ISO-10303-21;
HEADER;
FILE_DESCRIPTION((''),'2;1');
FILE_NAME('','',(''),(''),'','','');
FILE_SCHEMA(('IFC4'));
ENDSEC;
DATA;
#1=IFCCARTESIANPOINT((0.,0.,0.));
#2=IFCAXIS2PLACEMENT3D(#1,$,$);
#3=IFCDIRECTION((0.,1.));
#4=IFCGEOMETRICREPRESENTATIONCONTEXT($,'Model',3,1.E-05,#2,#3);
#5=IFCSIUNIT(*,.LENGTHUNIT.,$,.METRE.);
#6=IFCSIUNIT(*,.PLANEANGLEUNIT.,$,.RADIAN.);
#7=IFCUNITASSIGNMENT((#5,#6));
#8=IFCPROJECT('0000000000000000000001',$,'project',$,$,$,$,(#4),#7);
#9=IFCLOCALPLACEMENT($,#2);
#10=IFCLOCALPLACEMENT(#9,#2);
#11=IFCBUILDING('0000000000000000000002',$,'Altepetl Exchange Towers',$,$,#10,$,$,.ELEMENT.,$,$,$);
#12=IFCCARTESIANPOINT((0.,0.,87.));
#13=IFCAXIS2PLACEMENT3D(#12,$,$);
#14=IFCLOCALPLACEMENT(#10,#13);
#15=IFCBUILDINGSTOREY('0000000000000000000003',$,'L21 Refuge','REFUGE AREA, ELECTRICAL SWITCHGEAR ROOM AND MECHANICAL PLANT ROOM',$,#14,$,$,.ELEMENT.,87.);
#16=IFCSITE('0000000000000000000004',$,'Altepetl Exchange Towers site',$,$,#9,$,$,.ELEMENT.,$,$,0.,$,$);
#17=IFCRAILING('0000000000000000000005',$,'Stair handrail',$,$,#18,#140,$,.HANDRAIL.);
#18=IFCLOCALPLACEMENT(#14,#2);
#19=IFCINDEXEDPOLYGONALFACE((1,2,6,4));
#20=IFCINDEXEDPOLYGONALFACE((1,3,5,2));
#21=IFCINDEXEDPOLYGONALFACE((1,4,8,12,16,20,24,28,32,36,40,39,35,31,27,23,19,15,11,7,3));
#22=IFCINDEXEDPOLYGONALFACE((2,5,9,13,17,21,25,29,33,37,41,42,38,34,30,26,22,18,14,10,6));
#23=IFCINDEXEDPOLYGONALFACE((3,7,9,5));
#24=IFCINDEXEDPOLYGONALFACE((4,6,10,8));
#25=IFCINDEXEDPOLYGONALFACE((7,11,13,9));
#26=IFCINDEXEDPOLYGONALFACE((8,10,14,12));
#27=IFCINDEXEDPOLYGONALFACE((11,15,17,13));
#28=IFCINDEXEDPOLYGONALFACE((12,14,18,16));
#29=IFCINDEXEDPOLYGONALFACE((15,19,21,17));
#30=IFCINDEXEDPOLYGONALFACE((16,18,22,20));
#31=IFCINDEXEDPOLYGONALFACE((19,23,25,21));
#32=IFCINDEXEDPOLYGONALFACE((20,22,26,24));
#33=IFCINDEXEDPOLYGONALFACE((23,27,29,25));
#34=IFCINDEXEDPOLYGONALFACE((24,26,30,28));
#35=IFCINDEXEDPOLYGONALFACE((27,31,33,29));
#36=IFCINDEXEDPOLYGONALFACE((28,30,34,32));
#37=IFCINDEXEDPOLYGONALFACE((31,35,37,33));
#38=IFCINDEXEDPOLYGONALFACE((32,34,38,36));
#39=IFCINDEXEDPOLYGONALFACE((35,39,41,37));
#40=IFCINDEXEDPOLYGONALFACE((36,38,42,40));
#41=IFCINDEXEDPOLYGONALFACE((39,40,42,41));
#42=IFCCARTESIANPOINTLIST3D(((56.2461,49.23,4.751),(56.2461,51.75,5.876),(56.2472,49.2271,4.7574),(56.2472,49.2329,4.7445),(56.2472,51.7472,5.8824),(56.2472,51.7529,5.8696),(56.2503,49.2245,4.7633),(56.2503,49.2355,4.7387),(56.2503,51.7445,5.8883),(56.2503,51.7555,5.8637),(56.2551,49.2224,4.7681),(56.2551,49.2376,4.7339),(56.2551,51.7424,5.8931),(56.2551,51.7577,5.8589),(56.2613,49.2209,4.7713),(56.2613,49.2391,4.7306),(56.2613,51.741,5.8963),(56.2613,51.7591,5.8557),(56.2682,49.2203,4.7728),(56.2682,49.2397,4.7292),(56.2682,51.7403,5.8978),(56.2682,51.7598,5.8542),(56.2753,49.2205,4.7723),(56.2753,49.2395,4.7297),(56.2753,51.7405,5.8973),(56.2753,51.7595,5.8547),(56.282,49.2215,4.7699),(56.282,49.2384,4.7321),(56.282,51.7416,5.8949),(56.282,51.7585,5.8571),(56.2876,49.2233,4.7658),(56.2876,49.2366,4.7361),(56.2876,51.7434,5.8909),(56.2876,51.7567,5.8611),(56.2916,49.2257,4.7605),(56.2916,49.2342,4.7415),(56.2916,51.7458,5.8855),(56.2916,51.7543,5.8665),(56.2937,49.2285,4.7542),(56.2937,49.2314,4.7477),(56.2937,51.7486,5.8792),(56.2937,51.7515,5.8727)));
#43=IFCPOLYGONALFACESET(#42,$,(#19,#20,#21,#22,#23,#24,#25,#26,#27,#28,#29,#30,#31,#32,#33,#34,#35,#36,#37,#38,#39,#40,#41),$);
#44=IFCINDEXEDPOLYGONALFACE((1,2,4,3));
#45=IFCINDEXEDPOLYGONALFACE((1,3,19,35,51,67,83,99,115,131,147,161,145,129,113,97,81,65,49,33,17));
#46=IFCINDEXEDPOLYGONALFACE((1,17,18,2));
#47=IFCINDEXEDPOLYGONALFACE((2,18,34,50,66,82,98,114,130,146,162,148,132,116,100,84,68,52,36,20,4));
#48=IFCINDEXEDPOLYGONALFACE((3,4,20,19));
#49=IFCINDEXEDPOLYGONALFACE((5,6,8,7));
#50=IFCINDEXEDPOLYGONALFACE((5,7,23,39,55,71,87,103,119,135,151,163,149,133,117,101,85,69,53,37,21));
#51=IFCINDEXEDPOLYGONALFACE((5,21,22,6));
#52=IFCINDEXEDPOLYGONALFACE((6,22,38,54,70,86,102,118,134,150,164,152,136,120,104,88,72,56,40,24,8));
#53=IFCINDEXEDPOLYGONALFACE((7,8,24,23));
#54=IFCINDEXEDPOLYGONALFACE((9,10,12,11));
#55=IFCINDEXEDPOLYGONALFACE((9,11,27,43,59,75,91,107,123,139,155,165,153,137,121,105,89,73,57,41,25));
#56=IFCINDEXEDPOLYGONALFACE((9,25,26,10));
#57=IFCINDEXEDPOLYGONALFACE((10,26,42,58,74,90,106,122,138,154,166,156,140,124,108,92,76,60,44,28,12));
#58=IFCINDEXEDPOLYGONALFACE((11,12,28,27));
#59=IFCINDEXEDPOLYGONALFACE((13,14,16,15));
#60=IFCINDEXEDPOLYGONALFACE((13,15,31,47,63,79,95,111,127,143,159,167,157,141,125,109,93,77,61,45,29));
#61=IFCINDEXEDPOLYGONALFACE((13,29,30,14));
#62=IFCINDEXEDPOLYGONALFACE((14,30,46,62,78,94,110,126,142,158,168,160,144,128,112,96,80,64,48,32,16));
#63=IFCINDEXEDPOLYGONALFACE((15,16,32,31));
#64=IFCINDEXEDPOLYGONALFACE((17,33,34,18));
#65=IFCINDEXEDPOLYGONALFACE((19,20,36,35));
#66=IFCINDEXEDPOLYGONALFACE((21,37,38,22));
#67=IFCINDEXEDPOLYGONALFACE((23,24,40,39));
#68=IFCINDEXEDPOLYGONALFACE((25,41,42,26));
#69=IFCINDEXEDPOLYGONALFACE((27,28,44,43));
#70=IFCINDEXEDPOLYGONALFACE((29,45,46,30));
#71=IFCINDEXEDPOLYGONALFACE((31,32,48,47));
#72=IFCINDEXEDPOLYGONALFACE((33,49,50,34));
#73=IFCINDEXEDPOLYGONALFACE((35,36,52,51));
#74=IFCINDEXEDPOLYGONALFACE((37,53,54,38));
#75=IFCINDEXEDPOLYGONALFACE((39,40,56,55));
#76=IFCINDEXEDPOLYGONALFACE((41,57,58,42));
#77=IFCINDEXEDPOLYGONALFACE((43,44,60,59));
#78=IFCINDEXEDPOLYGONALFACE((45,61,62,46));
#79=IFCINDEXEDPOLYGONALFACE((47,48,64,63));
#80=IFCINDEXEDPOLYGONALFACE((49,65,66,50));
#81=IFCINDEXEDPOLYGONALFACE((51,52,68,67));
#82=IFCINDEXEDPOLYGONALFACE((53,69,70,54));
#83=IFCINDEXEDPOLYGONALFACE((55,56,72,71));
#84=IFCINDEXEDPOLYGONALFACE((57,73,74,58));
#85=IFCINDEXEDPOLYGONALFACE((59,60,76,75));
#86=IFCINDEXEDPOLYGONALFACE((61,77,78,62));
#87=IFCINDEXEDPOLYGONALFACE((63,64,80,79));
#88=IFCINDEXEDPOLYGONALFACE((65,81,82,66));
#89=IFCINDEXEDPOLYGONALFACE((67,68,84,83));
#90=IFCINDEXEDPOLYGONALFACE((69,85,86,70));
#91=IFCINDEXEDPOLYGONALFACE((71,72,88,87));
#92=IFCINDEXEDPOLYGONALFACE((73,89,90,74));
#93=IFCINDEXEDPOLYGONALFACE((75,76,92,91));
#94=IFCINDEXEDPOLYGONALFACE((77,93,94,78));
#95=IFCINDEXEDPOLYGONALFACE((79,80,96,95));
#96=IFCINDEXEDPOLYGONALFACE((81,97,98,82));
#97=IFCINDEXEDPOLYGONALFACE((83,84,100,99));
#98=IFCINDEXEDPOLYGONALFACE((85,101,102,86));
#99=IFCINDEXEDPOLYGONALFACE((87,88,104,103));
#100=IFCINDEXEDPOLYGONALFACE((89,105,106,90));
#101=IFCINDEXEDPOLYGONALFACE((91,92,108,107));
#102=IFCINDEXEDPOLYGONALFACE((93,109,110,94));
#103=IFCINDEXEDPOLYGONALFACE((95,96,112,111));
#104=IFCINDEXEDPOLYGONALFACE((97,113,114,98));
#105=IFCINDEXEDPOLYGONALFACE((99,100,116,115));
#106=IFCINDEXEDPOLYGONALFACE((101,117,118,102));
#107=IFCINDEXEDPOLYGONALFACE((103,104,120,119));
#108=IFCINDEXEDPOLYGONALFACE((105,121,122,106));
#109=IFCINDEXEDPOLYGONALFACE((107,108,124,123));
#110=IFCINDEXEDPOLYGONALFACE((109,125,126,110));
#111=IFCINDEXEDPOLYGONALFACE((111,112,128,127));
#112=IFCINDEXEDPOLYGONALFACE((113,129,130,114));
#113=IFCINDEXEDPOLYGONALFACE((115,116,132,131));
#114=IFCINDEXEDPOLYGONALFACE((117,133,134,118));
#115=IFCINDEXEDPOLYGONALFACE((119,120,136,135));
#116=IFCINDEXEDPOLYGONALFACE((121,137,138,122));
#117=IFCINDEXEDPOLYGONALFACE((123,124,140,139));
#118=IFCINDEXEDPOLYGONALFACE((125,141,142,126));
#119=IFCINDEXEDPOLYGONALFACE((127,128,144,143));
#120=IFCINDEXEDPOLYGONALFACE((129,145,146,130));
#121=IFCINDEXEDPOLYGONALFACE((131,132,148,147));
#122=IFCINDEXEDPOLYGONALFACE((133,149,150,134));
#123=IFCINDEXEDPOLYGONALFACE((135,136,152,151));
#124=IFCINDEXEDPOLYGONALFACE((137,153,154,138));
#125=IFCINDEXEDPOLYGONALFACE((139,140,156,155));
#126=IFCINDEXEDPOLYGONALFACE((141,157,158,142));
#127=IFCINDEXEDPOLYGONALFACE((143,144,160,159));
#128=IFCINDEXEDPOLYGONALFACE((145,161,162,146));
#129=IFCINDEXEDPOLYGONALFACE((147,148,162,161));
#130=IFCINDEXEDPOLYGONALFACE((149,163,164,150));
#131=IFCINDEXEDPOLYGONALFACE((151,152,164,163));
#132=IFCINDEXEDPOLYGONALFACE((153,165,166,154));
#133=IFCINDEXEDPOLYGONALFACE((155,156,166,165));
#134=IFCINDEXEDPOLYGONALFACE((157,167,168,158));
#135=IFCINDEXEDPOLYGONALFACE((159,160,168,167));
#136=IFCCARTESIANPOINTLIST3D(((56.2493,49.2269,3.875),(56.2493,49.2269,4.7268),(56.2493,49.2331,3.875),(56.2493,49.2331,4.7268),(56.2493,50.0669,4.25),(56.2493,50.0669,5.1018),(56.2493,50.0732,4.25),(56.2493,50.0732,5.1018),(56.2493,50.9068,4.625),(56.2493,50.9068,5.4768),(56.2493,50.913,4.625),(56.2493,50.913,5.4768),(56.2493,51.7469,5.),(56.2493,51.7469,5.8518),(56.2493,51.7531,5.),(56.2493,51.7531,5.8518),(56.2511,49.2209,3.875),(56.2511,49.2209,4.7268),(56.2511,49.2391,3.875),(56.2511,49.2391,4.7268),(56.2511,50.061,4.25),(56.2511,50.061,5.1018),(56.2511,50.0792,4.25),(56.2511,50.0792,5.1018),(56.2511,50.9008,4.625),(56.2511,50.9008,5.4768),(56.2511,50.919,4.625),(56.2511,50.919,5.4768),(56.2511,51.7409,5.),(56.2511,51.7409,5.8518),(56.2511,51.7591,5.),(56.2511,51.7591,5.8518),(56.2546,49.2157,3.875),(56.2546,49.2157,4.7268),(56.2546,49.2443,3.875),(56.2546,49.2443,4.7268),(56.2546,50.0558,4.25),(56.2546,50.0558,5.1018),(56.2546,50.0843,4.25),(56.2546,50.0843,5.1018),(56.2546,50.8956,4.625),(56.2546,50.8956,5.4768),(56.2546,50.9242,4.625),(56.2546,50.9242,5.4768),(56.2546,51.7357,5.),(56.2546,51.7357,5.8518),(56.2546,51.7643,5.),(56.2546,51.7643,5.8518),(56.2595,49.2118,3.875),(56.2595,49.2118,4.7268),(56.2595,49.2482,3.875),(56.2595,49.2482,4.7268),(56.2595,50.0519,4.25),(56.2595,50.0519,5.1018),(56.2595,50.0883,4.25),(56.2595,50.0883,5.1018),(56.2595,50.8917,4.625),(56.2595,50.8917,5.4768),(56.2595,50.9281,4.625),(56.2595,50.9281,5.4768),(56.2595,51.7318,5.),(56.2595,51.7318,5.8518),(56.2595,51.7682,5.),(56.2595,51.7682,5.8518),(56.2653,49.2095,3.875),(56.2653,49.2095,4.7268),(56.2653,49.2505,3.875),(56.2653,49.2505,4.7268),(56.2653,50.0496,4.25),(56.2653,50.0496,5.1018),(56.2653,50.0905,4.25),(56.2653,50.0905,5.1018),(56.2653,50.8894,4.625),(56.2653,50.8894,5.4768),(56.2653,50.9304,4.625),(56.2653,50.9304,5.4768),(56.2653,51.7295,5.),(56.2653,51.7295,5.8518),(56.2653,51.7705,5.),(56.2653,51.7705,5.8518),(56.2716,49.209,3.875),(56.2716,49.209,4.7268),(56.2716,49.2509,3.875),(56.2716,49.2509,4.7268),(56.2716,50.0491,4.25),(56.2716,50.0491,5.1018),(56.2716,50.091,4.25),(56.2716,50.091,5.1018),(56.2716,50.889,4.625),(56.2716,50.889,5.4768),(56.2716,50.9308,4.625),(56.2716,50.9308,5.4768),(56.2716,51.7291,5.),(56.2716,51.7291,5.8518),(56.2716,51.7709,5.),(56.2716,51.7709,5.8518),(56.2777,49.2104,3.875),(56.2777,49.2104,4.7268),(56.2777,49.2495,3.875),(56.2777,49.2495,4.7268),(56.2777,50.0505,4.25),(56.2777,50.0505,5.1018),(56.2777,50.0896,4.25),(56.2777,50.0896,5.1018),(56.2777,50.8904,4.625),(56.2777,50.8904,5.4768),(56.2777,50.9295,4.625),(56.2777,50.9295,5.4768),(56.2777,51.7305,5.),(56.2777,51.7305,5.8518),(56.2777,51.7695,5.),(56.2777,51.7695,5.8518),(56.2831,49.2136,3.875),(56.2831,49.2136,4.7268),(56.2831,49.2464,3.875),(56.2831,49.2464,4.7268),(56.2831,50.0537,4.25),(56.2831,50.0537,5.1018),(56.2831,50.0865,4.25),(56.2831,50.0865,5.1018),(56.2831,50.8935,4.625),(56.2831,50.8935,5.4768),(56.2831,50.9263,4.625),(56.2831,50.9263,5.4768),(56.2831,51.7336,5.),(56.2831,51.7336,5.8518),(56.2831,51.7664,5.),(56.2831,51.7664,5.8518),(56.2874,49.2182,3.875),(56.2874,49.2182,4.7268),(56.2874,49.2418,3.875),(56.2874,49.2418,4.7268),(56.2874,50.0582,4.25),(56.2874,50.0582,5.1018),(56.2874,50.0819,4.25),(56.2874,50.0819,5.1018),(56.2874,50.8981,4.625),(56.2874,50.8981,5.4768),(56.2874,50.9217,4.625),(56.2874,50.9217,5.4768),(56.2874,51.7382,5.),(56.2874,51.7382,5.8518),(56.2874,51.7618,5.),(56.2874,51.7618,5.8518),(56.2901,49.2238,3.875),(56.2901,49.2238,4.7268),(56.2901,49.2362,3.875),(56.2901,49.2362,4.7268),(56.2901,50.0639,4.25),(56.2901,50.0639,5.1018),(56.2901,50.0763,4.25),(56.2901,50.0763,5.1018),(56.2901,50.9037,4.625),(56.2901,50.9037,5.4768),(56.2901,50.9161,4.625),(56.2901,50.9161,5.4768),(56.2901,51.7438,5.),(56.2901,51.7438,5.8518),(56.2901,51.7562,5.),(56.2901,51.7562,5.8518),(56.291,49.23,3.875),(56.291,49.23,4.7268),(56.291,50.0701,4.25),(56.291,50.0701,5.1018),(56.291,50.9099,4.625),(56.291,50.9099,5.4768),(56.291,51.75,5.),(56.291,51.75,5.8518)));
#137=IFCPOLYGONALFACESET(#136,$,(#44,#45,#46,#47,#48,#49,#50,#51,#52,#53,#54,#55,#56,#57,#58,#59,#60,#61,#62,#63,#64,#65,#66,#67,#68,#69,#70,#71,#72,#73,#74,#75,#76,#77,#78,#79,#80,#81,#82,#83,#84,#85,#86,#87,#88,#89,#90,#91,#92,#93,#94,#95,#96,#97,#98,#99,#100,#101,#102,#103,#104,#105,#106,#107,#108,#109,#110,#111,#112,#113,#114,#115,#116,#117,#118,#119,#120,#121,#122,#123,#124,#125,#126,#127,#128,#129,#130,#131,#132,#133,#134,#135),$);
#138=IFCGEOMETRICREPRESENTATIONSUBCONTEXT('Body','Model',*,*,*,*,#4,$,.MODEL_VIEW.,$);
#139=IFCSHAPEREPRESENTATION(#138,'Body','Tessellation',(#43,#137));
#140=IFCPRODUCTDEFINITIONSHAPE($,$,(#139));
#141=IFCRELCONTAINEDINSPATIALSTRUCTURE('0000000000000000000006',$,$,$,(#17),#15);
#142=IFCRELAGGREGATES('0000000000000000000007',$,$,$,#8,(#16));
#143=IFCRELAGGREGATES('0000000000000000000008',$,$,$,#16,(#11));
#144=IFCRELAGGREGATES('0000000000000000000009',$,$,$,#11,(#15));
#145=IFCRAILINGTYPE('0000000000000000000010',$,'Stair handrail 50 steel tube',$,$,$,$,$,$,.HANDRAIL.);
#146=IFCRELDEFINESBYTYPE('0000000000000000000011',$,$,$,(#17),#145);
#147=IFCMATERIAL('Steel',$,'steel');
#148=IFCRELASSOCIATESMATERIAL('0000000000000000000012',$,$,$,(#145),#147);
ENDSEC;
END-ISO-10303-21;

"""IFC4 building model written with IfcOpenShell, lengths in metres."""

from ifc_helpers import new_model, si_unit, direction, frame, origin, origin_2d, place, context, subcontext, project, spatial, circle, extrude, source, transform, mapped, material, type_object, element, save


model = new_model("IFC4")

# Units and contexts
model_context = context("Model", 3, precision=1e-05, world=origin(), true_north=direction((0.0, 1.0)))
body_context = subcontext(model_context, "Body", "Model", "MODEL_VIEW")
ifc_project = project(units=[si_unit("LENGTHUNIT", "METRE"), si_unit("PLANEANGLEUNIT", "RADIAN")], contexts=[model_context])

# Site, building, storey
site_placement = place(None, origin())
site = spatial("IfcSite", under=ifc_project, at=site_placement, Name="Altepetl Exchange Towers site", CompositionType="ELEMENT", RefElevation=0.0)
building_placement = place(site_placement, origin())
building = spatial("IfcBuilding", under=site, at=building_placement, Name="Altepetl Exchange Towers", CompositionType="ELEMENT")
storey_placement = place(building_placement, frame((0.0, 0.0, 87.0)))
storey = spatial("IfcBuildingStorey", under=building, at=storey_placement, Name="L21 Refuge", Description="REFUGE AREA, ELECTRICAL SWITCHGEAR ROOM AND MECHANICAL PLANT ROOM", CompositionType="ELEMENT", Elevation=87.0)

# Railing
ifc_material_1 = material(Name="Steel", Category="steel")
railing_type = type_object("IfcRailingType", Name="Stair handrail 50 steel tube", PredefinedType="HANDRAIL", material=ifc_material_1)
shared_shape = source(origin(), body_context, "Body", "SweptSolid", [
    extrude(circle(Radius=0.021, at=origin_2d()), origin(), (0.0, 0.0, 1.0), 0.8518),
])
for number, where, name in (
    (1, (56.27, 49.23, 3.875), "Stair handrail"),
):
    element("IfcRailing", number, at=place(storey_placement, frame(where)), inside=storey, type_object=railing_type, Name=name, PredefinedType="HANDRAIL", context=body_context, shape_type="SweptSolid", body=[
        extrude(circle(Radius=0.0239, at=origin_2d()), frame((0.0, 0.0, 0.876), z_axis=(0.0, 0.913139, 0.407648), x_axis=(-1.0, 0.0, 0.0)), (0.0, 0.0, 1.0), 2.7598),
        mapped(shared_shape, transform((0.0, 0.0, 0.0))),
        mapped(shared_shape, transform((0.0, 0.8401, 0.375))),
        mapped(shared_shape, transform((0.0, 1.6799, 0.75))),
        mapped(shared_shape, transform((0.0, 2.52, 1.125))),
    ])

save(model, "model.ifc")
